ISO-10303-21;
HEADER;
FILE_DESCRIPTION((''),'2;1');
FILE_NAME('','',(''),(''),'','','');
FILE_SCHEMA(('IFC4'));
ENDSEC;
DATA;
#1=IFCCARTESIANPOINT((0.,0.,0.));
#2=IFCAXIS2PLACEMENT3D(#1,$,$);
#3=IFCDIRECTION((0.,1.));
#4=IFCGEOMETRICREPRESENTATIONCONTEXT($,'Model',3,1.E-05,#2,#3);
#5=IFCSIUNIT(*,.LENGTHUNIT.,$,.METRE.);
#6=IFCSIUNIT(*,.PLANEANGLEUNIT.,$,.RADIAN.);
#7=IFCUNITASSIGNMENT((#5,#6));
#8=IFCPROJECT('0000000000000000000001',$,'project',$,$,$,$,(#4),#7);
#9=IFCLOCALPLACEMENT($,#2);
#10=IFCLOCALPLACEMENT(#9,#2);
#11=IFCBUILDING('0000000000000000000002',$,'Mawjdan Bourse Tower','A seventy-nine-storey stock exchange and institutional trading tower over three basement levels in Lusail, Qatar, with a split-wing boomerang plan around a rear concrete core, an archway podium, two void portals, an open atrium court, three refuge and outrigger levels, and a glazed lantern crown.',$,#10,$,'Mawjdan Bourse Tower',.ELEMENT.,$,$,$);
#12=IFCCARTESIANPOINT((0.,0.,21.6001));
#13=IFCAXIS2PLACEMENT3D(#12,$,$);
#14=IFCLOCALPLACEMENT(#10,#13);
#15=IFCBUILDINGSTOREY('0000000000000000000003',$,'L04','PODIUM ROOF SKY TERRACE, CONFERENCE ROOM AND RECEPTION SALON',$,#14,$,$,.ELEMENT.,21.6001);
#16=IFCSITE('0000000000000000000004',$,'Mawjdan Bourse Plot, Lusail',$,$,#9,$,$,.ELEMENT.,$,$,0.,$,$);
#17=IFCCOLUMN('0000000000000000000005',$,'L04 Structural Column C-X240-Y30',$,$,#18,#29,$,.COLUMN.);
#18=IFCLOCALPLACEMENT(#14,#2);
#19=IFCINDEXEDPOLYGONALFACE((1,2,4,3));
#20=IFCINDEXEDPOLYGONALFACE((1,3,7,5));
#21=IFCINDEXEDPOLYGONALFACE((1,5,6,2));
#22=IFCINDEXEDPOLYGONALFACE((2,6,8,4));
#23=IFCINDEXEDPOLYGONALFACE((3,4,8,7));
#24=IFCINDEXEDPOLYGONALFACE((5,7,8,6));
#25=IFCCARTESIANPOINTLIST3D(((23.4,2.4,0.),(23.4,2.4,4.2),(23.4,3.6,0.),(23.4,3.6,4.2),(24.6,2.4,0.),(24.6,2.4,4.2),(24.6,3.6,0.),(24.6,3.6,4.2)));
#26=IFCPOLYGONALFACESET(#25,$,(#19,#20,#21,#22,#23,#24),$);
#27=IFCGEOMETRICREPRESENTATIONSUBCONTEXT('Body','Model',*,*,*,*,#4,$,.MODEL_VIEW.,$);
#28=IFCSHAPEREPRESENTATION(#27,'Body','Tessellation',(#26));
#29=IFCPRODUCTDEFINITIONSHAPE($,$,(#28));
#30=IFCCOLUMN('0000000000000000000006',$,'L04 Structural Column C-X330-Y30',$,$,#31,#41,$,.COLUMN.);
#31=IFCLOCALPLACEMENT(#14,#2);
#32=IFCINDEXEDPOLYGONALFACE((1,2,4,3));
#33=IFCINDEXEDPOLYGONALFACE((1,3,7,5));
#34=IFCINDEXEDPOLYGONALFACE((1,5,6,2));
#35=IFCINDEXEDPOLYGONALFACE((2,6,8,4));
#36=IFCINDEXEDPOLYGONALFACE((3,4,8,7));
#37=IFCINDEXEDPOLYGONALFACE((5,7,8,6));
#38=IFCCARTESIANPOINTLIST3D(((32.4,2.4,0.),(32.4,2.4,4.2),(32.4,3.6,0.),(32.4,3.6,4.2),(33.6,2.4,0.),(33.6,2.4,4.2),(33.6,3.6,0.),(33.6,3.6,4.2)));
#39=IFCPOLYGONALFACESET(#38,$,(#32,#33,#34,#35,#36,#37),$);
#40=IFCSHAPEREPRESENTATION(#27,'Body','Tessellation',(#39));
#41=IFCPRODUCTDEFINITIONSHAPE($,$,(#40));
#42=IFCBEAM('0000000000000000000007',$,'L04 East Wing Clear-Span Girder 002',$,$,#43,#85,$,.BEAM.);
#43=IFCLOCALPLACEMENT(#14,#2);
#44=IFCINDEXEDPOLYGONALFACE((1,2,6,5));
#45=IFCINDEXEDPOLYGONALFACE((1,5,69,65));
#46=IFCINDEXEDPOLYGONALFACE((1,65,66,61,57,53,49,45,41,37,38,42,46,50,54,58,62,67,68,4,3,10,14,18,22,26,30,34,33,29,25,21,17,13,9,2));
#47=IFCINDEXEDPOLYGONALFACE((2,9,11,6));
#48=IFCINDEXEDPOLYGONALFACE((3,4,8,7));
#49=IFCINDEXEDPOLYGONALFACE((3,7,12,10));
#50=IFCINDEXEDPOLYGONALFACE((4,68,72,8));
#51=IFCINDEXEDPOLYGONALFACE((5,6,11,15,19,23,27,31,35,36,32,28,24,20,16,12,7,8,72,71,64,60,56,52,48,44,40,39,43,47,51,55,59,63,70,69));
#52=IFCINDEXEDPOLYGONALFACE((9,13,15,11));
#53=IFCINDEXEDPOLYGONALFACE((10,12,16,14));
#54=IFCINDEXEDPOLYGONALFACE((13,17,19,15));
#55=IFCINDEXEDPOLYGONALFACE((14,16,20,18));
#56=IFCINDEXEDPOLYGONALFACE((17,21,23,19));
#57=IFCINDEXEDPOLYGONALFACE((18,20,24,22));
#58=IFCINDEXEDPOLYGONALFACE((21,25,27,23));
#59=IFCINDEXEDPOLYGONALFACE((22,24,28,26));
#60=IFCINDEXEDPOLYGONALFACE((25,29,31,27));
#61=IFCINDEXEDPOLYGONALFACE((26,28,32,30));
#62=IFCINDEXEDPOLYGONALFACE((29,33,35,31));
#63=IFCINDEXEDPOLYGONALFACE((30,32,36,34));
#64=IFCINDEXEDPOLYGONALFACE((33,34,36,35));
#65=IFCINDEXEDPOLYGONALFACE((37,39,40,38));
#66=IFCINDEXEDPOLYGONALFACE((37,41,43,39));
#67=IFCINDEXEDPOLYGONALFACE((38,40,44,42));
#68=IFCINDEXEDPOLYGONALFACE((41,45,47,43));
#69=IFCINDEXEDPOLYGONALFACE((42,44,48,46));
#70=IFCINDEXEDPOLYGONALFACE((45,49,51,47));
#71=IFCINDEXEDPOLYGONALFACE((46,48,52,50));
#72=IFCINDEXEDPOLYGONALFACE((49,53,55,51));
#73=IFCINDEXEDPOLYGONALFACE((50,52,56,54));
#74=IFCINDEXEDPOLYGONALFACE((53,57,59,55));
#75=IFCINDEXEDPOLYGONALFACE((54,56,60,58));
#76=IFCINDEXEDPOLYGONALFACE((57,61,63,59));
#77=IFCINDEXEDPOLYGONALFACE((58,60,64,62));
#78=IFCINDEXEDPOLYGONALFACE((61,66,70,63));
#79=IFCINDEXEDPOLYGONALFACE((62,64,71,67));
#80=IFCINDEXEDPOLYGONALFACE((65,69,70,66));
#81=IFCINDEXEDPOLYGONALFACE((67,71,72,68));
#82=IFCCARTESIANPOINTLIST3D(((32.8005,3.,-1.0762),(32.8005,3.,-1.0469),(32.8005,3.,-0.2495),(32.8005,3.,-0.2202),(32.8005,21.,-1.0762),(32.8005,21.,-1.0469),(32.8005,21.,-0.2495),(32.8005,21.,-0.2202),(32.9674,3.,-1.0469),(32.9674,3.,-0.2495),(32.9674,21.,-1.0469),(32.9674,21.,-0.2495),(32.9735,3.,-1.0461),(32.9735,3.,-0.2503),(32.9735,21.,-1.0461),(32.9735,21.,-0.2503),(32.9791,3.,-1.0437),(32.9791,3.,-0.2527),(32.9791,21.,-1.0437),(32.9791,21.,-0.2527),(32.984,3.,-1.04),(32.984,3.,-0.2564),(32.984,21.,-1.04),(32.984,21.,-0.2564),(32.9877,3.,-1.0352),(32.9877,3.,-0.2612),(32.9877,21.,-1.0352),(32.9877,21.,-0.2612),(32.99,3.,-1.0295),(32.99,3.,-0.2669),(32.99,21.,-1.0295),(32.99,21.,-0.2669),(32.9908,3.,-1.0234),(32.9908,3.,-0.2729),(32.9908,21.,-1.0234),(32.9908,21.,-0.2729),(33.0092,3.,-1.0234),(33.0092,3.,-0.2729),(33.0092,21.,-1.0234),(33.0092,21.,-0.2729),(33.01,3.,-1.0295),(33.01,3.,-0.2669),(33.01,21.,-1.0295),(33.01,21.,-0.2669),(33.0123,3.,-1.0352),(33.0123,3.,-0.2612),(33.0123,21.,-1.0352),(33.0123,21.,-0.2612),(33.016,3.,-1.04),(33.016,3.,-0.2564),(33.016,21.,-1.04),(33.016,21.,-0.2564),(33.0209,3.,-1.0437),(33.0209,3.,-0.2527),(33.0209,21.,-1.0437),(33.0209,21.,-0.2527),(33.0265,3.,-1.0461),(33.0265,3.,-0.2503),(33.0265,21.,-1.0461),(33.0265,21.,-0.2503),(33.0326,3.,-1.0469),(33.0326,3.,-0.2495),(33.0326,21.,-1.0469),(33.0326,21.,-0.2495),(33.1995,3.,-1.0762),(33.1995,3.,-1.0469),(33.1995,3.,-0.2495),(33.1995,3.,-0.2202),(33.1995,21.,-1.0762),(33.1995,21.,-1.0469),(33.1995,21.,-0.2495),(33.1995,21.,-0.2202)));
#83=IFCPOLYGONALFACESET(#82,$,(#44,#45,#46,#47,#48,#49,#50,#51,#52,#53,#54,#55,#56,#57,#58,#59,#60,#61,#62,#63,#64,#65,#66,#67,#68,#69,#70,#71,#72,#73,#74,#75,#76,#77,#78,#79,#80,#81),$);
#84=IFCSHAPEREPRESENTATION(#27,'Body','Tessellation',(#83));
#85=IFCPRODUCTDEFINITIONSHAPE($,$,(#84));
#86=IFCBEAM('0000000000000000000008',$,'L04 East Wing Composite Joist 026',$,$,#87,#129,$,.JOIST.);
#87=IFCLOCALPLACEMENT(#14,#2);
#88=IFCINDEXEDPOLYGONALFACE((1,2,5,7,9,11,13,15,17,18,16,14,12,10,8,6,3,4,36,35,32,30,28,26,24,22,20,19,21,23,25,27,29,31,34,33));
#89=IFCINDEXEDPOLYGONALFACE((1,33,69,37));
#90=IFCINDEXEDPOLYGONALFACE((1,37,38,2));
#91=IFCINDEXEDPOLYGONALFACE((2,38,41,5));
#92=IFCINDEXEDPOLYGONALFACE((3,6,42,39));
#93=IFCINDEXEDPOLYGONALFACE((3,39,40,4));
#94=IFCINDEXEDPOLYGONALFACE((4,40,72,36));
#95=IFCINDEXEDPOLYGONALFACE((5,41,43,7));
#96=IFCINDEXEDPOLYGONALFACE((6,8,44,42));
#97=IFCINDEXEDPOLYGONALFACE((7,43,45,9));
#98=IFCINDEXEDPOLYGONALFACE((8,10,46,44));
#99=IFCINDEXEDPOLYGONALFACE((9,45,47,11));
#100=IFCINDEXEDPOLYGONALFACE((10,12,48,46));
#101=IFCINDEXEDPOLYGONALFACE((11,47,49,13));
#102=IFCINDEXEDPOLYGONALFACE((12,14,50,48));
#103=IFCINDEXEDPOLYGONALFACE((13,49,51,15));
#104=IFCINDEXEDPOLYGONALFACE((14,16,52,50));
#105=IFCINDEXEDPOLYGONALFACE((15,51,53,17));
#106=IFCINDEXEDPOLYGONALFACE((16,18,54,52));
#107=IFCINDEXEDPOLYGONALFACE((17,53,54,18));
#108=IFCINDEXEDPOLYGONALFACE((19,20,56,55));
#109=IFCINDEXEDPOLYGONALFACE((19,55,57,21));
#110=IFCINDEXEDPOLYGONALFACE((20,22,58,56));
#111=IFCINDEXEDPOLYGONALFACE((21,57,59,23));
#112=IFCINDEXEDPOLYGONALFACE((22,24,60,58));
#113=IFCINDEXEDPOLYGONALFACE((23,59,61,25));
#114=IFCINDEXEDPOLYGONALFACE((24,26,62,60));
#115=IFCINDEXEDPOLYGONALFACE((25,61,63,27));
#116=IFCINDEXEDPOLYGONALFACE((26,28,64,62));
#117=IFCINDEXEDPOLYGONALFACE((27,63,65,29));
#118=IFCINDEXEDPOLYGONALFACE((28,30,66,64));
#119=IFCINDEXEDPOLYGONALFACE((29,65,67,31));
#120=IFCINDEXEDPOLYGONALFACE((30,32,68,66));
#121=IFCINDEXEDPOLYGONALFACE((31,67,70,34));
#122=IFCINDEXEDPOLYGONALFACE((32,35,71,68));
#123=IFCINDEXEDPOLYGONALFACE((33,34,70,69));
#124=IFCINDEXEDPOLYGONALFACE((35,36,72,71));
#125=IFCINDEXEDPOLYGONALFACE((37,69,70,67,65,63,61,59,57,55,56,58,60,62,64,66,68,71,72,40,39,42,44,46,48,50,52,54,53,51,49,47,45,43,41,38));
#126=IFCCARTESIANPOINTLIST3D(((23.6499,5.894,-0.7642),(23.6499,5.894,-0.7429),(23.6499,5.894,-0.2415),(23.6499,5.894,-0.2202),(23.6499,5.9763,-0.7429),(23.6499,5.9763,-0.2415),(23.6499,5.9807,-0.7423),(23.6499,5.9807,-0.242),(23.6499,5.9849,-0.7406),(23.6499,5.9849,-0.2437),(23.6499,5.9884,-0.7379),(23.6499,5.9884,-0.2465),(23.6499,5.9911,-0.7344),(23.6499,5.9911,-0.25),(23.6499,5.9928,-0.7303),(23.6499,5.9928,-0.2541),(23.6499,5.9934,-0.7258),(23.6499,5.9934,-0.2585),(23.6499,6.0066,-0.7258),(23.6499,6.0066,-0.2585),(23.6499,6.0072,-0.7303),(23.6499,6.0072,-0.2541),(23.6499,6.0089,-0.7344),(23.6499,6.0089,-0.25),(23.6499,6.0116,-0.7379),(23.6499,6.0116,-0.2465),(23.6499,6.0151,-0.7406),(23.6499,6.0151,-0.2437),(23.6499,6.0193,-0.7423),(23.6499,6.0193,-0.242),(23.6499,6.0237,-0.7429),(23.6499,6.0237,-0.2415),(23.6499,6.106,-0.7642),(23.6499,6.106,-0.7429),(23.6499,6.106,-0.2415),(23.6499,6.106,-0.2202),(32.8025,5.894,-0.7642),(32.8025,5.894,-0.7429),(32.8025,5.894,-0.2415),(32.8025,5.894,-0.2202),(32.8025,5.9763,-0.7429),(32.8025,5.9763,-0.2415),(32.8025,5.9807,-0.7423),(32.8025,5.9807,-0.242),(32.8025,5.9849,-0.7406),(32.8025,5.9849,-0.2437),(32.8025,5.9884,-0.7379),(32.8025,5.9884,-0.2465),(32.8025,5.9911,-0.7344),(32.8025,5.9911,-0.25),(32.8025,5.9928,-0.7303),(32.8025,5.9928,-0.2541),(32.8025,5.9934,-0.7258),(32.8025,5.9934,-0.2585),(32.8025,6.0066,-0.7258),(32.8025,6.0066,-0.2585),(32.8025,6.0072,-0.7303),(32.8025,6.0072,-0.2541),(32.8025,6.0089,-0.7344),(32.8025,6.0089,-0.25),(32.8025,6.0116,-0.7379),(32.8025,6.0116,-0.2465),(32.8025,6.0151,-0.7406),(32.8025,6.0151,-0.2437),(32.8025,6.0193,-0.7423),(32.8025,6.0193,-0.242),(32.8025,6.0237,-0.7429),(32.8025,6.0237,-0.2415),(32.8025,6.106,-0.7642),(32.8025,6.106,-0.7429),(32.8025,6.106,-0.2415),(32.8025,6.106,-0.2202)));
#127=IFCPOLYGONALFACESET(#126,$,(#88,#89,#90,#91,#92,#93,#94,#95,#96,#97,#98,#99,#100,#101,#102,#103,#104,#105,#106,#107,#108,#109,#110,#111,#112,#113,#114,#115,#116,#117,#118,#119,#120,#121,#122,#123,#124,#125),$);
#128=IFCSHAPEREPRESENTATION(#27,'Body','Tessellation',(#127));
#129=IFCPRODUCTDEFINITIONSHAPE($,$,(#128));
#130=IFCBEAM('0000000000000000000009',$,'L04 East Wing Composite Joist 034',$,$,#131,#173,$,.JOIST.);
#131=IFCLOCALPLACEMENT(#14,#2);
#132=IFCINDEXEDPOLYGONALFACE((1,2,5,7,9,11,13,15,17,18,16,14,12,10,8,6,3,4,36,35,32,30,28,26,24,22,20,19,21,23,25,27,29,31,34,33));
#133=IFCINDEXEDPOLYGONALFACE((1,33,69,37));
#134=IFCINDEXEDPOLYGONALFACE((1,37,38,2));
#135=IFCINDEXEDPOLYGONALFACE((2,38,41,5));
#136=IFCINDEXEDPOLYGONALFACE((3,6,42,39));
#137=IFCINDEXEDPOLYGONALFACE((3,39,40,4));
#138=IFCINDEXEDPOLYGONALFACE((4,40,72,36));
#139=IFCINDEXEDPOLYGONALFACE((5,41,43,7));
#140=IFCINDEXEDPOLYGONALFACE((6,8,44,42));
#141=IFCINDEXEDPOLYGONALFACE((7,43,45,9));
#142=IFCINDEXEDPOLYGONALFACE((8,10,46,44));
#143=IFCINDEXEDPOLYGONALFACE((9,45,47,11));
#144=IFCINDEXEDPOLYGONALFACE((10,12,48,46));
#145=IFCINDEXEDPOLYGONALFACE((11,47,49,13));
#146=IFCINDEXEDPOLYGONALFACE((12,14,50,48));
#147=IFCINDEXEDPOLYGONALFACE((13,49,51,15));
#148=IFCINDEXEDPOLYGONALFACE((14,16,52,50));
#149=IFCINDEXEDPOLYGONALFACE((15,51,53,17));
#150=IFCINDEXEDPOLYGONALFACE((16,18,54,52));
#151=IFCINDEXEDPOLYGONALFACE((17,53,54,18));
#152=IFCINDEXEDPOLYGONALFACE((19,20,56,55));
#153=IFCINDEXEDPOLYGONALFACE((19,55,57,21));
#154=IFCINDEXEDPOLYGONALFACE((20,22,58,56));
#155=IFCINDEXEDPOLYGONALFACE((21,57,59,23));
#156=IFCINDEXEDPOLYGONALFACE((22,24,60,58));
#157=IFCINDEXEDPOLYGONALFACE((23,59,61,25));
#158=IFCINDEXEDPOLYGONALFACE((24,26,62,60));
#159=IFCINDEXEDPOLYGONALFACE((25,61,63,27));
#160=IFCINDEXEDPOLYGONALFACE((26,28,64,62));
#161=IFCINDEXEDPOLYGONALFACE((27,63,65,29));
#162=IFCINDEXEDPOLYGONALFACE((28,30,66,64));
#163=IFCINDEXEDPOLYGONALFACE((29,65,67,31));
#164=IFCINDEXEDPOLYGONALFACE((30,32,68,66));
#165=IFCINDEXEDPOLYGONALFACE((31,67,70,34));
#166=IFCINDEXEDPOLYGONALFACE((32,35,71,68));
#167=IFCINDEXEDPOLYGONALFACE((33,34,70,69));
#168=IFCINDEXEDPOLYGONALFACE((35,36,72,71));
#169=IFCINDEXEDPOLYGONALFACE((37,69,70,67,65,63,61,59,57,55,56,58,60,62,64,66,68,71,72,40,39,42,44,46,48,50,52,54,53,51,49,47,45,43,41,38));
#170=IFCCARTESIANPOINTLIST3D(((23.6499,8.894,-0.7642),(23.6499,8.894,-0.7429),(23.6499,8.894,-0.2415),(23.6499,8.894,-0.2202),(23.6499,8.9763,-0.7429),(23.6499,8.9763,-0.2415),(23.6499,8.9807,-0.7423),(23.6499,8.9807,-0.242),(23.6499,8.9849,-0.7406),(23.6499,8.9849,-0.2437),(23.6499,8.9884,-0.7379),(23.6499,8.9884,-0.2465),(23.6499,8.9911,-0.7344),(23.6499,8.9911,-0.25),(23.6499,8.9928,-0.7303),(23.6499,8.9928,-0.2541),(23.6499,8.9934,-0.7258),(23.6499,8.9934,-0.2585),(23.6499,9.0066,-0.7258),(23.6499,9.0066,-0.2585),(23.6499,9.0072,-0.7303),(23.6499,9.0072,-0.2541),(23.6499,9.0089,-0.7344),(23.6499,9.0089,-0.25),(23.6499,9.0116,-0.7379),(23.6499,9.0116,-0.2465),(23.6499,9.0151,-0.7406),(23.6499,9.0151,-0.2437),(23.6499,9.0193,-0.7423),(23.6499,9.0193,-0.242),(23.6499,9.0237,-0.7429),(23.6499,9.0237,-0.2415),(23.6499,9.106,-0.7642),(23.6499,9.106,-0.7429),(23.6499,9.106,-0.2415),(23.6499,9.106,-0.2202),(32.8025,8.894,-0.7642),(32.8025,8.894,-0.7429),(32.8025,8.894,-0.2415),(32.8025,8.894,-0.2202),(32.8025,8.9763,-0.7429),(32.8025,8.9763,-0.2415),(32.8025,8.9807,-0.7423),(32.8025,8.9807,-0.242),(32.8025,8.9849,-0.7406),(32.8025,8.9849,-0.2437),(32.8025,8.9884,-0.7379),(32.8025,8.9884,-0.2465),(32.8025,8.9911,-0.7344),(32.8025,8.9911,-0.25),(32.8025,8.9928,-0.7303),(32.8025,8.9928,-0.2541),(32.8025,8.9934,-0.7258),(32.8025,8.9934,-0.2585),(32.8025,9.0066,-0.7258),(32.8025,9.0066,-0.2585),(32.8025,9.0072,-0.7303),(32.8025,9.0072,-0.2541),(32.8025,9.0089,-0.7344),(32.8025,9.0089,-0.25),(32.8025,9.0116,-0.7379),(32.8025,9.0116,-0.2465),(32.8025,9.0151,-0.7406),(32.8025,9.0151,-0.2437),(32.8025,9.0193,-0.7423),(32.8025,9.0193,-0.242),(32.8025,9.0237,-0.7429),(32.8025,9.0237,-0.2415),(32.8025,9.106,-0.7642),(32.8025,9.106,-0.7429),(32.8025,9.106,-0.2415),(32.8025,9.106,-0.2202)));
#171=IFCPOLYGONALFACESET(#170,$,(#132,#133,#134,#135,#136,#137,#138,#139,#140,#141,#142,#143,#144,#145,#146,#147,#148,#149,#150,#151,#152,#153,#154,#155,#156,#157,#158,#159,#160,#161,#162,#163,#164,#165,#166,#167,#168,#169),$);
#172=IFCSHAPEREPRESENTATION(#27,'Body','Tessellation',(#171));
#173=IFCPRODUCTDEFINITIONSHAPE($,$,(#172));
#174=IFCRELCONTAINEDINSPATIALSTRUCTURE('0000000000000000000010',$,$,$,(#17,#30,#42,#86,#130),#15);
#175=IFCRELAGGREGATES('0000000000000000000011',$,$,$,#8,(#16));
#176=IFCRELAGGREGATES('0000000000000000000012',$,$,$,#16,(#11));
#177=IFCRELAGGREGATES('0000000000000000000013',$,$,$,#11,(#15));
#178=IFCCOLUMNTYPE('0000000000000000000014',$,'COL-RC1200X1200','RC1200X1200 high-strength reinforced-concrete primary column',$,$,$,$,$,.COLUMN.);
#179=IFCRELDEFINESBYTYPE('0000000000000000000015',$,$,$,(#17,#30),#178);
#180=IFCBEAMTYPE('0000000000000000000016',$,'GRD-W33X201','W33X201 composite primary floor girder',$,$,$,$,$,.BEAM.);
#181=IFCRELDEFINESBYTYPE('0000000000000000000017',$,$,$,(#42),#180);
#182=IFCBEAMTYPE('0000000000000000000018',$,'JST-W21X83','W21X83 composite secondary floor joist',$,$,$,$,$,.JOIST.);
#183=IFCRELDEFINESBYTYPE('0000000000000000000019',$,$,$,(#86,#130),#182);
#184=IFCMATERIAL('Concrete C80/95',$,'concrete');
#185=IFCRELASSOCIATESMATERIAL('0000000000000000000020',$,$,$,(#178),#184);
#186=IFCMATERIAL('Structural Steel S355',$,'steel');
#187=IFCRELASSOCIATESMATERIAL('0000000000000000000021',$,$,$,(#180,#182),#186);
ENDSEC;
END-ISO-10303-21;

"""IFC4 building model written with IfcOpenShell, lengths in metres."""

from ifc_helpers import new_model, si_unit, direction, frame, origin, origin_2d, place, context, subcontext, project, spatial, rectangle, i_section, extrude, material, material_profile, profile_set, type_object, element, save


model = new_model("IFC4")

# Units and contexts
model_context = context("Model", 3, precision=1e-05, world=origin(), true_north=direction((0.0, 1.0)))
body_context = subcontext(model_context, "Body", "Model", "MODEL_VIEW")
ifc_project = project(units=[si_unit("LENGTHUNIT", "METRE"), si_unit("PLANEANGLEUNIT", "RADIAN")], contexts=[model_context])

# Site, building, storey
site_placement = place(None, origin())
site = spatial("IfcSite", under=ifc_project, at=site_placement, Name="Mawjdan Bourse Plot, Lusail", CompositionType="ELEMENT", RefElevation=0.0)
building_placement = place(site_placement, origin())
building = spatial("IfcBuilding", under=site, at=building_placement, Name="Mawjdan Bourse Tower", Description="A seventy-nine-storey stock exchange and institutional trading tower over three basement levels in Lusail, Qatar, with a split-wing boomerang plan around a rear concrete core, an archway podium, two void portals, an open atrium court, three refuge and outrigger levels, and a glazed lantern crown.", LongName="Mawjdan Bourse Tower", CompositionType="ELEMENT")
storey_placement = place(building_placement, frame((0.0, 0.0, 21.6001)))
storey = spatial("IfcBuildingStorey", under=building, at=storey_placement, Name="L04", Description="PODIUM ROOF SKY TERRACE, CONFERENCE ROOM AND RECEPTION SALON", CompositionType="ELEMENT", Elevation=21.6001)

# Columns
ifc_material_1 = material(Name="Concrete C80/95", Category="concrete")
ifc_material_profile_1 = material_profile(ifc_material_1, rectangle(XDim=1.2, YDim=1.2, at=origin_2d()), Name="RC1200X1200")
ifc_profile_set_1 = profile_set([ifc_material_profile_1], Name="Concrete C80/95")
column_type = type_object("IfcColumnType", Name="COL-RC1200X1200", Description="RC1200X1200 high-strength reinforced-concrete primary column", PredefinedType="COLUMN", material=ifc_profile_set_1)
for number, where, z_axis, x_axis, name in (
    (1, (24.0, 3.0, 0.0), (0.0, 0.0, 1.0), (1.0, 0.0, 0.0), "L04 Structural Column C-X240-Y30"),
    (2, (33.0, 3.0, 0.0), (0.0, 0.0, 1.0), (1.0, 0.0, 0.0), "L04 Structural Column C-X330-Y30"),
):
    element("IfcColumn", number, at=place(storey_placement, frame(where, z_axis=z_axis, x_axis=x_axis)), inside=storey, type_object=column_type, Name=name, PredefinedType="COLUMN", context=body_context, shape_type="SweptSolid", body=[
        extrude(rectangle(XDim=1.2, YDim=1.2, at=origin_2d()), origin(), (0.0, 0.0, 1.0), 4.2),
    ])

# Beams
ifc_material_2 = material(Name="Structural Steel S355", Category="steel")
ifc_material_profile_2 = material_profile(ifc_material_2, i_section(OverallWidth=0.3989, OverallDepth=0.856, WebThickness=0.0183, FlangeThickness=0.0293, FilletRadius=0.0234, at=origin_2d()), Name="W33X201")
ifc_profile_set_2 = profile_set([ifc_material_profile_2], Name="Structural Steel S355")
beam_type_1 = type_object("IfcBeamType", Name="GRD-W33X201", Description="W33X201 composite primary floor girder", PredefinedType="BEAM", material=ifc_profile_set_2)
beam_1_placement = place(storey_placement, frame((33.0, 3.0, -0.6482), z_axis=(0.0, 1.0, 0.0), x_axis=(-1.0, 0.0, 0.0)))
element("IfcBeam", 3, at=beam_1_placement, inside=storey, type_object=beam_type_1, Name="L04 East Wing Clear-Span Girder 002", PredefinedType="BEAM", context=body_context, shape_type="SweptSolid", body=[
    extrude(i_section(OverallWidth=0.3989, OverallDepth=0.856, WebThickness=0.0183, FlangeThickness=0.0293, FilletRadius=0.0234, at=origin_2d()), origin(), (0.0, 0.0, 1.0), 18.0),
])
ifc_material_profile_3 = material_profile(ifc_material_2, i_section(OverallWidth=0.2119, OverallDepth=0.5439, WebThickness=0.0132, FlangeThickness=0.0212, FilletRadius=0.0171, at=origin_2d()), Name="W21X83")
ifc_profile_set_3 = profile_set([ifc_material_profile_3], Name="Structural Steel S355")
beam_type_2 = type_object("IfcBeamType", Name="JST-W21X83", Description="W21X83 composite secondary floor joist", PredefinedType="JOIST", material=ifc_profile_set_3)
for number, where, z_axis, x_axis, name in (
    (4, (23.6499, 6.0, -0.4922), (1.0, 0.0, 0.0), (0.0, 1.0, 0.0), "L04 East Wing Composite Joist 026"),
    (5, (23.6499, 9.0, -0.4922), (1.0, 0.0, 0.0), (0.0, 1.0, 0.0), "L04 East Wing Composite Joist 034"),
):
    element("IfcBeam", number, at=place(storey_placement, frame(where, z_axis=z_axis, x_axis=x_axis)), inside=storey, type_object=beam_type_2, Name=name, PredefinedType="JOIST", context=body_context, shape_type="SweptSolid", body=[
        extrude(i_section(OverallWidth=0.2119, OverallDepth=0.5439, WebThickness=0.0132, FlangeThickness=0.0212, FilletRadius=0.0171, at=origin_2d()), origin(), (0.0, 0.0, 1.0), 9.1526),
    ])

save(model, "model.ifc")
